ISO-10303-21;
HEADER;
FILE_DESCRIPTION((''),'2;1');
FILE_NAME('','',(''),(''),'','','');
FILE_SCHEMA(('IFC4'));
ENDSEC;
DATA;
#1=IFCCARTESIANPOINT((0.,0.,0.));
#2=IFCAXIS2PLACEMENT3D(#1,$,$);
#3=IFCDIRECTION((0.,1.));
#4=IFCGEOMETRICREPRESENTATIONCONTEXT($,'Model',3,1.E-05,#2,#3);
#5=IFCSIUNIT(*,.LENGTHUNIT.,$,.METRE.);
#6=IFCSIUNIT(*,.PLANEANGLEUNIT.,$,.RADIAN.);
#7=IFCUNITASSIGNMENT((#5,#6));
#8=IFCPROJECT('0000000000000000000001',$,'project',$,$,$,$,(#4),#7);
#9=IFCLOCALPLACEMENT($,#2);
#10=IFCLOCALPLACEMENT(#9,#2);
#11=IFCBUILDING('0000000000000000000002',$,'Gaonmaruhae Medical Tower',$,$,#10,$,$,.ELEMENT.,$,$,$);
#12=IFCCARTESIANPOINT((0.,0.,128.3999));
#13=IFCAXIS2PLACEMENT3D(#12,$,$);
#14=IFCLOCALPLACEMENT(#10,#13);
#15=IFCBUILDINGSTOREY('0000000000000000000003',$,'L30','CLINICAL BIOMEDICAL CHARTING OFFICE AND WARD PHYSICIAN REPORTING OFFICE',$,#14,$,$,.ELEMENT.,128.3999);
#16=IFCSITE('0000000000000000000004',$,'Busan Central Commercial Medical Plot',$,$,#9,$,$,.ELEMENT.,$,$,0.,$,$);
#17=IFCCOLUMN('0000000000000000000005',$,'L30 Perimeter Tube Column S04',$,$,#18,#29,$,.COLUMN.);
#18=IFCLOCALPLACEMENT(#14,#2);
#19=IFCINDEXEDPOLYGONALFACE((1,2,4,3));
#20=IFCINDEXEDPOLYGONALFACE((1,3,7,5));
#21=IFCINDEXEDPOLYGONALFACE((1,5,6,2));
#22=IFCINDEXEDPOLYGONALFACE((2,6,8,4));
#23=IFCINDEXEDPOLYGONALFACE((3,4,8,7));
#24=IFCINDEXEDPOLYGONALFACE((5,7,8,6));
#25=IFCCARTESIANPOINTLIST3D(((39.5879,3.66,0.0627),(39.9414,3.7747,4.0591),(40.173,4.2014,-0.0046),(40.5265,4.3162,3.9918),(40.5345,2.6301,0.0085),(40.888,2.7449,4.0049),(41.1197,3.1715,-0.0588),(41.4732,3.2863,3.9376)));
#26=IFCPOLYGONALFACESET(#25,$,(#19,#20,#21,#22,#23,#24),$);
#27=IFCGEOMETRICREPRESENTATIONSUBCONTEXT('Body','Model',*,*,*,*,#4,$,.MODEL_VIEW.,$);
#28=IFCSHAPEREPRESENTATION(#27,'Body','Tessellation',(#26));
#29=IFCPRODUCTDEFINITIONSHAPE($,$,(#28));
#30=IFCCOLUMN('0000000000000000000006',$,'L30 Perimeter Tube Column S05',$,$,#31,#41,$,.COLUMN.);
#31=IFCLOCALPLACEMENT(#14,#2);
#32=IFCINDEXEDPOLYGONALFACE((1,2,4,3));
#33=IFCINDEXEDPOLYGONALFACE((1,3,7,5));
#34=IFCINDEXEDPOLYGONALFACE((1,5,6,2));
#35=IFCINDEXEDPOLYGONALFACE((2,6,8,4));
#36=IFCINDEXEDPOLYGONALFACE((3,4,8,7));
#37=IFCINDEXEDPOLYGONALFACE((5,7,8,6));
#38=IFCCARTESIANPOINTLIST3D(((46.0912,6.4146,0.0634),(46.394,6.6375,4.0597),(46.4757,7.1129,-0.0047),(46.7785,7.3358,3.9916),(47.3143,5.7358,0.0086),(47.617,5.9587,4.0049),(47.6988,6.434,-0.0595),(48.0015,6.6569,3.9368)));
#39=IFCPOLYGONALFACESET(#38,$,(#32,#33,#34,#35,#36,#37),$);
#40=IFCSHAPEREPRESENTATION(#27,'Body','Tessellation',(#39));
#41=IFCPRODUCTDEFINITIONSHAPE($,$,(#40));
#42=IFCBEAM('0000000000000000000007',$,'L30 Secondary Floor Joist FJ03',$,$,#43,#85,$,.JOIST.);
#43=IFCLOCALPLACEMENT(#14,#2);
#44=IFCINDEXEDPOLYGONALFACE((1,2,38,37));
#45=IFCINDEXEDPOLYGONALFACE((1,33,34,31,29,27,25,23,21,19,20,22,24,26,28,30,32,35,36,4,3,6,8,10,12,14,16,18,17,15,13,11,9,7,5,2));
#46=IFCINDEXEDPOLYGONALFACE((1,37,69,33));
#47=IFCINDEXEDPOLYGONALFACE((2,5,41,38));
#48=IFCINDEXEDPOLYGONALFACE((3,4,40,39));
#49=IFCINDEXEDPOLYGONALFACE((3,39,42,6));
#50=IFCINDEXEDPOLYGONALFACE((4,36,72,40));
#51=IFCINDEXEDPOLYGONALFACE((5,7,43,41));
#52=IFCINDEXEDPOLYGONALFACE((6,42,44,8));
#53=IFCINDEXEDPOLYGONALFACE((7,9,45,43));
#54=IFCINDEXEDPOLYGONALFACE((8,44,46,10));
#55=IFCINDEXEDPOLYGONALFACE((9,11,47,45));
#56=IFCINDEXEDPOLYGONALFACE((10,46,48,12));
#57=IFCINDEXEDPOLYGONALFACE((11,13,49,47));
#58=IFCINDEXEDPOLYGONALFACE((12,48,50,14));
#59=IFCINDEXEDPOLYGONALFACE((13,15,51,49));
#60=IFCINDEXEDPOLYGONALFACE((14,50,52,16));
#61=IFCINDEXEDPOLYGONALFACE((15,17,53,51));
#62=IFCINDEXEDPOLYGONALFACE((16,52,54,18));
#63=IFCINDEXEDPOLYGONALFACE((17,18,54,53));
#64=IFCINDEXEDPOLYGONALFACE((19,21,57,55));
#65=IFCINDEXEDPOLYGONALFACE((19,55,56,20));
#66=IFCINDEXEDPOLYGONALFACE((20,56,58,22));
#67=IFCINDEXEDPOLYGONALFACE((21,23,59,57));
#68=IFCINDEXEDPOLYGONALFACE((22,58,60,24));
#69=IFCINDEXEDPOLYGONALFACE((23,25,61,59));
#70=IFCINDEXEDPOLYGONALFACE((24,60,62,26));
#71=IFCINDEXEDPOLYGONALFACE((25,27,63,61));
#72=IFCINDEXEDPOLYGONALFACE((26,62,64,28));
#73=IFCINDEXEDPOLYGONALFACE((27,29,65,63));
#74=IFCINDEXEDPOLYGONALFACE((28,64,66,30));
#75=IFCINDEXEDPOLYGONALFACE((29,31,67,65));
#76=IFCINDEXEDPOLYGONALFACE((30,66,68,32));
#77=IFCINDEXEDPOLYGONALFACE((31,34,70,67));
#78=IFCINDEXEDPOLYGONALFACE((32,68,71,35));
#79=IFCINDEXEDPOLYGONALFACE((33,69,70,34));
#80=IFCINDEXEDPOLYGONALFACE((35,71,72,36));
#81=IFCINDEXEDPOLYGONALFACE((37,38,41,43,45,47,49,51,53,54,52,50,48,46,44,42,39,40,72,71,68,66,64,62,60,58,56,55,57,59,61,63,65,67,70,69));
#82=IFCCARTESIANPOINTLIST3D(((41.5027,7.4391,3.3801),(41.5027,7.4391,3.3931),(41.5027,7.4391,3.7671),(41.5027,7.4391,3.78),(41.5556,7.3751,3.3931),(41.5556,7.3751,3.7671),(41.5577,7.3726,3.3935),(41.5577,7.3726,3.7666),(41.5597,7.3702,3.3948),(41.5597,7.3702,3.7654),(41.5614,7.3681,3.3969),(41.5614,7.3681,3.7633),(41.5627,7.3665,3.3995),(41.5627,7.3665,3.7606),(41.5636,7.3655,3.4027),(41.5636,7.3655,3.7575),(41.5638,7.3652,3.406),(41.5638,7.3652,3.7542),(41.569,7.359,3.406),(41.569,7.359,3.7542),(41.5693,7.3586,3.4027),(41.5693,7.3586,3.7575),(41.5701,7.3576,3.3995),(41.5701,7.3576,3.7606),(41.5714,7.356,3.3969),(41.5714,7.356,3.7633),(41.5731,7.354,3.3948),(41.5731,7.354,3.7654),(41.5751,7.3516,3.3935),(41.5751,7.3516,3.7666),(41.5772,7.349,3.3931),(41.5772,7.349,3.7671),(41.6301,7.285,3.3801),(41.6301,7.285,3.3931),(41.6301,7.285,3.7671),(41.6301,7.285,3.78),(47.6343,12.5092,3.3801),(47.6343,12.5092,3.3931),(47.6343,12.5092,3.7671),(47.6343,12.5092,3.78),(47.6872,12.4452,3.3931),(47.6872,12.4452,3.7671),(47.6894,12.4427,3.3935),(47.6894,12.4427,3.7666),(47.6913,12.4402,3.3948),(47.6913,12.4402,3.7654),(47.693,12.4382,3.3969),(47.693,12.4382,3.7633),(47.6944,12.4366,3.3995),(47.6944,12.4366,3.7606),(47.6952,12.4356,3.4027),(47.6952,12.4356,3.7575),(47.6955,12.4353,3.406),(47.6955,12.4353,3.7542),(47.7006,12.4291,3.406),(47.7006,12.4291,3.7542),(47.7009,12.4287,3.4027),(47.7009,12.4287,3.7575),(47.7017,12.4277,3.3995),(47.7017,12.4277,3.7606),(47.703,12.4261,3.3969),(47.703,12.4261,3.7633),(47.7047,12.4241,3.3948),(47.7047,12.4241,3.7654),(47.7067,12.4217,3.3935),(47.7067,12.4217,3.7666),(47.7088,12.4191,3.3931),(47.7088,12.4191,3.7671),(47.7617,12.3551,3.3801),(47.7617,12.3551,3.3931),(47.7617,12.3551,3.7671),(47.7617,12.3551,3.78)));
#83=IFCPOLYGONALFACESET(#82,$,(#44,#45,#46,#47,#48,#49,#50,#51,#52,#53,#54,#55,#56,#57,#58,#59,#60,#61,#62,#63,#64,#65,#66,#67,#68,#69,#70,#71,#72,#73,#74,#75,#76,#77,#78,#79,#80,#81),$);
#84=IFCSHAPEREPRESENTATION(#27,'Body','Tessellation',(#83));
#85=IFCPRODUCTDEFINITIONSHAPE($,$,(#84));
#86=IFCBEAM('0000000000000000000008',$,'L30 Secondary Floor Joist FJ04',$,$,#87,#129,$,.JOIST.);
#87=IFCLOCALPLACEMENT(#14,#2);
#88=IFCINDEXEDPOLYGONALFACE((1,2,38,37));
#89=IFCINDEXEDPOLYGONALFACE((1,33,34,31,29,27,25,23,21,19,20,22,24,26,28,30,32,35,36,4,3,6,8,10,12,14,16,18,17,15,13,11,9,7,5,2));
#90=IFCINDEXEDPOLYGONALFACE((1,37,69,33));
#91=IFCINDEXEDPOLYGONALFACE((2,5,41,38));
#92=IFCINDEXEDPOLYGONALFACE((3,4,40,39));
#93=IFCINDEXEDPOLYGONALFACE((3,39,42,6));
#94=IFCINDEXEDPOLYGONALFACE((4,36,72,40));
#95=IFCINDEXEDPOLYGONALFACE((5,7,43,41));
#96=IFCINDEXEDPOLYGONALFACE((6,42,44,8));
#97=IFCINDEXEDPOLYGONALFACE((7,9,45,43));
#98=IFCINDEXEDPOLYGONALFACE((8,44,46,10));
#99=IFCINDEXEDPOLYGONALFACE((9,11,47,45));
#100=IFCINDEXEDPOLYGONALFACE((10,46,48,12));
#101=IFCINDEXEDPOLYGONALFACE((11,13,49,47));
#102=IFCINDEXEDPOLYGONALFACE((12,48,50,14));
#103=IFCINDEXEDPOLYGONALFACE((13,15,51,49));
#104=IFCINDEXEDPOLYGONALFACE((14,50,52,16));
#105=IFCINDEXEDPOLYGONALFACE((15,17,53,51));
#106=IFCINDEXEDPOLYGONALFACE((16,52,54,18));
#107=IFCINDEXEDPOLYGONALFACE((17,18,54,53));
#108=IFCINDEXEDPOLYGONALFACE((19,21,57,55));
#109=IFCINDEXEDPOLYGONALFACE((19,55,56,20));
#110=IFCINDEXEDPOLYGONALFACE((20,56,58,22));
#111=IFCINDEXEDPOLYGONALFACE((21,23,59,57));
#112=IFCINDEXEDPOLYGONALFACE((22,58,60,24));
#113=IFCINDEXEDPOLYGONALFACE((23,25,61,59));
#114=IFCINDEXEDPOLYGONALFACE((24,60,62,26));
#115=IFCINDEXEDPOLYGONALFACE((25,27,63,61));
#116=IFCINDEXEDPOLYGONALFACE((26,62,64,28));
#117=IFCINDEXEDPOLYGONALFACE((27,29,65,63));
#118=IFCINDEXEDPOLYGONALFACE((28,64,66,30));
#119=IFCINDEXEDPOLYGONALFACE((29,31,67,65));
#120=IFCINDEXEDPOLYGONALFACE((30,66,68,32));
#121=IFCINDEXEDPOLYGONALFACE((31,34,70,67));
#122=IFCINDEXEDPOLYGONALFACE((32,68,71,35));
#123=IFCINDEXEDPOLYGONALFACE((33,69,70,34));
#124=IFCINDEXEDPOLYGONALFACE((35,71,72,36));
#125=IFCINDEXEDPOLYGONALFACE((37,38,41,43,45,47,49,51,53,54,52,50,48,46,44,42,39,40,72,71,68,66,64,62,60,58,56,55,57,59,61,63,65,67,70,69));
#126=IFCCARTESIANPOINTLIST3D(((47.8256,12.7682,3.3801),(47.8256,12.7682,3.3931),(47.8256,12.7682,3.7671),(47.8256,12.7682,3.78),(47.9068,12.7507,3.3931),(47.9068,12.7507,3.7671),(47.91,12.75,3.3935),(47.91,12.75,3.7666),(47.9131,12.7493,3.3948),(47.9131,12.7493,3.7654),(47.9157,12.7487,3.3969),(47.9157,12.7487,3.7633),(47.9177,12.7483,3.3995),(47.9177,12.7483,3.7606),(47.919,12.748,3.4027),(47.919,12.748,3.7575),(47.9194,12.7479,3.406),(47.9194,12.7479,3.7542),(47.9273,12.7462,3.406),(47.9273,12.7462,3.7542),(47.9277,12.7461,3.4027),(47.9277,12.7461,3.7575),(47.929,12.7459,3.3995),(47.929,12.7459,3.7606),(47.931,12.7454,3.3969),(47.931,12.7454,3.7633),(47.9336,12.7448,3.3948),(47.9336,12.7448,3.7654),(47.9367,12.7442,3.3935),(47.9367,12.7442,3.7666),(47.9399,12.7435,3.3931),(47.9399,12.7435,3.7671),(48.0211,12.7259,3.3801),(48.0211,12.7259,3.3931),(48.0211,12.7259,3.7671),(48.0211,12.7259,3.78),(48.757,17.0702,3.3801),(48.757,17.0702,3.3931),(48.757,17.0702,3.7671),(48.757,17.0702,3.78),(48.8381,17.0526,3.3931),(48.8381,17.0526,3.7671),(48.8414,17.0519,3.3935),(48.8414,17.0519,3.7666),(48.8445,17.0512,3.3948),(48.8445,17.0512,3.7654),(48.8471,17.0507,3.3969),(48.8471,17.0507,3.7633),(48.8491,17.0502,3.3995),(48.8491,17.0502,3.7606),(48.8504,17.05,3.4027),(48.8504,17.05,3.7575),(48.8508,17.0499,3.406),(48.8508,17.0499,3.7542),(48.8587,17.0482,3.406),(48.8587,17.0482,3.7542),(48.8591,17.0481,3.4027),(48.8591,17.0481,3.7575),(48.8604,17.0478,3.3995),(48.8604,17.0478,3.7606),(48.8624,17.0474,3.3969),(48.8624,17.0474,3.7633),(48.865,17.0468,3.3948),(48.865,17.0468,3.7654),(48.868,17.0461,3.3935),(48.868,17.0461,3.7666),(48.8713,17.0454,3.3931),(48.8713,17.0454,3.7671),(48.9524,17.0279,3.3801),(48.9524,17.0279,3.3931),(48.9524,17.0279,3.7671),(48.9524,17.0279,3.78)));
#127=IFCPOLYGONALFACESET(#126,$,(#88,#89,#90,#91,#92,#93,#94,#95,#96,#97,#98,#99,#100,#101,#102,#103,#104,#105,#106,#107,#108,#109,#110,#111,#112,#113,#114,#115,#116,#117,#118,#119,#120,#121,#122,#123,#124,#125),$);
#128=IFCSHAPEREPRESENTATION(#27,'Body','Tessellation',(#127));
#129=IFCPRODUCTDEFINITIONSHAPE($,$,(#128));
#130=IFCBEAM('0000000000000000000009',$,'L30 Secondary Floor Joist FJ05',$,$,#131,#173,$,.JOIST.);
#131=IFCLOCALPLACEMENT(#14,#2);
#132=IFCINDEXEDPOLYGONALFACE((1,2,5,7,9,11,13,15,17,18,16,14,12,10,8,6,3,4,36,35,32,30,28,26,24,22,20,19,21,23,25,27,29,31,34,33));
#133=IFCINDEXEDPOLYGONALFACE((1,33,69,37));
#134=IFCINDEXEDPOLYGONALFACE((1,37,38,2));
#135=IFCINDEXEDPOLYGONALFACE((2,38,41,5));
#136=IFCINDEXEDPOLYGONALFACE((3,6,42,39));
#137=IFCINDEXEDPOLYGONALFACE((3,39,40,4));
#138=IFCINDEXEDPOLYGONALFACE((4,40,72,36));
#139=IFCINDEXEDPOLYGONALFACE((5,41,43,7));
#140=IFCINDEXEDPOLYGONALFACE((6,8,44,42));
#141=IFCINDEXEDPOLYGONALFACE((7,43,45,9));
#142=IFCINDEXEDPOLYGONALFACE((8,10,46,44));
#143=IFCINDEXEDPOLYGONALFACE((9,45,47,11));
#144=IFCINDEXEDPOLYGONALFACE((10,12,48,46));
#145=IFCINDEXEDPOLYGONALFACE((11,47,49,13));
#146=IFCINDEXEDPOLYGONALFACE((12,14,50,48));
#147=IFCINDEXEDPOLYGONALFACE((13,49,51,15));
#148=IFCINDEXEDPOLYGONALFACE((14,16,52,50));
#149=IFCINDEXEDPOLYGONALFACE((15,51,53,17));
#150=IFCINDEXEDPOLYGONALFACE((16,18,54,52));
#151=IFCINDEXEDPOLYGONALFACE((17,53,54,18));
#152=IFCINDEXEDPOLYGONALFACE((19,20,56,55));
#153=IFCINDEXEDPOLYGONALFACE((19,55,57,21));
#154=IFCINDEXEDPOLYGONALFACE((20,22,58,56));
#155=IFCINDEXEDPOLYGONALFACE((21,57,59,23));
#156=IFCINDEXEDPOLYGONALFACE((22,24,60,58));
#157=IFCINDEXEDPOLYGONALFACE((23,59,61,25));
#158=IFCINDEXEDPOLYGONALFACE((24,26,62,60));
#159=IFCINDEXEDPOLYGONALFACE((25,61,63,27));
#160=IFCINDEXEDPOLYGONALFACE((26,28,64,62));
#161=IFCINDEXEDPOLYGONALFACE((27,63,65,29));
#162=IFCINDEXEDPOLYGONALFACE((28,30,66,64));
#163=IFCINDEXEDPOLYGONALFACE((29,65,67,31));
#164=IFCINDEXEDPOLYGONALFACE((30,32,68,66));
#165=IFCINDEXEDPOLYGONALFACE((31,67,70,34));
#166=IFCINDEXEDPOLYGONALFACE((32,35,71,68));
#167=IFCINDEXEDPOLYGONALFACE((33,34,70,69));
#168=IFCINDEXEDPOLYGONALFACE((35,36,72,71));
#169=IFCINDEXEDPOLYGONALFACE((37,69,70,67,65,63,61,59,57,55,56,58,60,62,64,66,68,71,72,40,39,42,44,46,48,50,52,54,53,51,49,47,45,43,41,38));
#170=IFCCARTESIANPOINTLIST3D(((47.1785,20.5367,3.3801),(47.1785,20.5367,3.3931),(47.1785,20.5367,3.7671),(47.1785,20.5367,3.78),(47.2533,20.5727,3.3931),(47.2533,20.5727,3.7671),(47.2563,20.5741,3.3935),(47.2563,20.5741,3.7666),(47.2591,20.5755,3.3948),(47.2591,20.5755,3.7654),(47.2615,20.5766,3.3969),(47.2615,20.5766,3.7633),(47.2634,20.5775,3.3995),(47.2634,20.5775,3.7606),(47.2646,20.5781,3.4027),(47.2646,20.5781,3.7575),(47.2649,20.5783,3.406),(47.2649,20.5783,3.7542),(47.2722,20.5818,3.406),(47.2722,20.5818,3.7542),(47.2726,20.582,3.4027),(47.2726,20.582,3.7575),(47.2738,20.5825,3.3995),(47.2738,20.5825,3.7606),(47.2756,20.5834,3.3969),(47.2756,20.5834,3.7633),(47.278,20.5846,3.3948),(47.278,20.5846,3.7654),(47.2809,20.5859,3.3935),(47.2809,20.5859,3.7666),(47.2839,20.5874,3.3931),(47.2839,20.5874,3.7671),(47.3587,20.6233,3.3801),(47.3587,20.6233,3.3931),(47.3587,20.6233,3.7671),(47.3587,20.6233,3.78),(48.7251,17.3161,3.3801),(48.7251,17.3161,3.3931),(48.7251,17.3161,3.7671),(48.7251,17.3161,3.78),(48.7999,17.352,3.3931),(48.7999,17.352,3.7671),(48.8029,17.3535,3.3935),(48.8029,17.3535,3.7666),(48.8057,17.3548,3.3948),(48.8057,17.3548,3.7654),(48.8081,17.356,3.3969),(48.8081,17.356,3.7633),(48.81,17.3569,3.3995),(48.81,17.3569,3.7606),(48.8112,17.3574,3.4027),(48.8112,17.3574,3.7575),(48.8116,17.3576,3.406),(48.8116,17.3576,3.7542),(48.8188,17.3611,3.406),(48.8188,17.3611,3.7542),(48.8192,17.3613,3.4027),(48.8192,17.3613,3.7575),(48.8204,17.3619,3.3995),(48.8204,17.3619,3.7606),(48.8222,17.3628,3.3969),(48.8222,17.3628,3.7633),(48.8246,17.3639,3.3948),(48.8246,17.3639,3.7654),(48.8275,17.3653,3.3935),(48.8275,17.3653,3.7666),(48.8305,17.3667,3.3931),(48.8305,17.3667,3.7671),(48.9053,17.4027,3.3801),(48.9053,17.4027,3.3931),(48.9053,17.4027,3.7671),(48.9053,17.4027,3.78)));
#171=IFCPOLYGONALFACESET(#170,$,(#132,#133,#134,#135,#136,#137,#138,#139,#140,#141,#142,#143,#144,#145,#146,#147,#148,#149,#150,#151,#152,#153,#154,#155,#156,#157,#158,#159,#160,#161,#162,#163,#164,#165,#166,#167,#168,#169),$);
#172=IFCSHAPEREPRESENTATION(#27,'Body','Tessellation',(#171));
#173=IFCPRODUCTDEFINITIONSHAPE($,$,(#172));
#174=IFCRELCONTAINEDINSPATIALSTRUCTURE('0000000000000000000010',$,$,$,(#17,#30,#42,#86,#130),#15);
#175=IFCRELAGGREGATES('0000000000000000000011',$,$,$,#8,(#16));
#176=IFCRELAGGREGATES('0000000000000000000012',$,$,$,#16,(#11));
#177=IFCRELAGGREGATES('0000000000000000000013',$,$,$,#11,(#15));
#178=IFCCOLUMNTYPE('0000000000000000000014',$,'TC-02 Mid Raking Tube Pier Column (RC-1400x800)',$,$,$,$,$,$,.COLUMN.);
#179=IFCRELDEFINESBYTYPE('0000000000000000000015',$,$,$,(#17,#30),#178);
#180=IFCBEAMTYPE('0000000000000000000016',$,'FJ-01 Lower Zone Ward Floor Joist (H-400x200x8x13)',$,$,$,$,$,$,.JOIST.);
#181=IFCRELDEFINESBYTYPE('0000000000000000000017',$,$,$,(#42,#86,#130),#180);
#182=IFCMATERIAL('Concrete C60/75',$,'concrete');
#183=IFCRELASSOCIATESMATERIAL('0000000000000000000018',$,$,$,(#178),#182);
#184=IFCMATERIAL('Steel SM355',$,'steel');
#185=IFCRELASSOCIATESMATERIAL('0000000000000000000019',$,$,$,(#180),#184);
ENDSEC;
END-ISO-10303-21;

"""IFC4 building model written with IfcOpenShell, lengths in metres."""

from ifc_helpers import new_model, si_unit, direction, frame, origin, origin_2d, place, context, subcontext, project, spatial, rectangle, i_section, extrude, material, material_profile, profile_set, type_object, element, save


model = new_model("IFC4")

# Units and contexts
model_context = context("Model", 3, precision=1e-05, world=origin(), true_north=direction((0.0, 1.0)))
body_context = subcontext(model_context, "Body", "Model", "MODEL_VIEW")
ifc_project = project(units=[si_unit("LENGTHUNIT", "METRE"), si_unit("PLANEANGLEUNIT", "RADIAN")], contexts=[model_context])

# Site, building, storey
site_placement = place(None, origin())
site = spatial("IfcSite", under=ifc_project, at=site_placement, Name="Busan Central Commercial Medical Plot", CompositionType="ELEMENT", RefElevation=0.0)
building_placement = place(site_placement, origin())
building = spatial("IfcBuilding", under=site, at=building_placement, Name="Gaonmaruhae Medical Tower", CompositionType="ELEMENT")
storey_placement = place(building_placement, frame((0.0, 0.0, 128.3999)))
storey = spatial("IfcBuildingStorey", under=building, at=storey_placement, Name="L30", Description="CLINICAL BIOMEDICAL CHARTING OFFICE AND WARD PHYSICIAN REPORTING OFFICE", CompositionType="ELEMENT", Elevation=128.3999)

# Columns
ifc_material_1 = material(Name="Concrete C60/75", Category="concrete")
ifc_material_profile_1 = material_profile(ifc_material_1, rectangle(XDim=1.3999, YDim=0.8, at=origin_2d()), Name="RC-1400x800")
ifc_profile_set_1 = profile_set([ifc_material_profile_1], Name="Concrete C60/75")
column_type = type_object("IfcColumnType", Name="TC-02 Mid Raking Tube Pier Column (RC-1400x800)", PredefinedType="COLUMN", material=ifc_profile_set_1)
column_1_placement = place(storey_placement, frame((40.3538, 3.4158, 0.002), z_axis=(0.08808, 0.028589, 0.995703), x_axis=(-0.67623, 0.735674, 0.038696)))
element("IfcColumn", 1, at=column_1_placement, inside=storey, type_object=column_type, Name="L30 Perimeter Tube Column S04", PredefinedType="COLUMN", context=body_context, shape_type="SweptSolid", body=[
    extrude(rectangle(XDim=1.3999, YDim=0.8, at=origin_2d()), origin(), (0.0, 0.0, 1.0), 4.0137),
])
column_2_placement = place(storey_placement, frame((46.895, 6.4243, 0.002), z_axis=(0.07542, 0.055531, 0.995604), x_axis=(-0.87368, 0.484924, 0.039137)))
element("IfcColumn", 2, at=column_2_placement, inside=storey, type_object=column_type, Name="L30 Perimeter Tube Column S05", PredefinedType="COLUMN", context=body_context, shape_type="SweptSolid", body=[
    extrude(rectangle(XDim=1.3999, YDim=0.8, at=origin_2d()), origin(), (0.0, 0.0, 1.0), 4.0139),
])

# Beams
ifc_material_2 = material(Name="Steel SM355", Category="steel")
ifc_material_profile_2 = material_profile(ifc_material_2, i_section(OverallWidth=0.2, OverallDepth=0.3999, WebThickness=0.0081, FlangeThickness=0.0129, FilletRadius=0.0129, at=origin_2d()), Name="H-400x200x8x13")
ifc_profile_set_2 = profile_set([ifc_material_profile_2], Name="Steel SM355")
beam_type_1 = type_object("IfcBeamType", Name="FJ-01 Lower Zone Ward Floor Joist (H-400x200x8x13)", PredefinedType="JOIST", material=ifc_profile_set_2)
beam_1_placement = place(storey_placement, frame((41.5664, 7.3621, 3.5801), z_axis=(0.770663, 0.637243, 0.0), x_axis=(-0.637243, 0.770663, 0.0)))
element("IfcBeam", 3, at=beam_1_placement, inside=storey, type_object=beam_type_1, Name="L30 Secondary Floor Joist FJ03", PredefinedType="JOIST", context=body_context, shape_type="SweptSolid", body=[
    extrude(i_section(OverallWidth=0.2, OverallDepth=0.3999, WebThickness=0.0081, FlangeThickness=0.0129, FilletRadius=0.0129, at=origin_2d()), origin(), (0.0, 0.0, 1.0), 7.9563),
])
beam_2_placement = place(storey_placement, frame((47.9233, 12.7471, 3.5801), z_axis=(0.211601, 0.977356, 0.0), x_axis=(-0.977356, 0.211601, 0.0)))
element("IfcBeam", 4, at=beam_2_placement, inside=storey, type_object=beam_type_1, Name="L30 Secondary Floor Joist FJ04", PredefinedType="JOIST", context=body_context, shape_type="SweptSolid", body=[
    extrude(i_section(OverallWidth=0.2, OverallDepth=0.3999, WebThickness=0.0081, FlangeThickness=0.0129, FilletRadius=0.0129, at=origin_2d()), origin(), (0.0, 0.0, 1.0), 4.4016),
])
beam_3_placement = place(storey_placement, frame((48.8152, 17.3594, 3.5801), z_axis=(-0.432889, 0.901447, 0.0), x_axis=(-0.901447, -0.432889, 0.0)))
element("IfcBeam", 5, at=beam_3_placement, inside=storey, type_object=beam_type_1, Name="L30 Secondary Floor Joist FJ05", PredefinedType="JOIST", context=body_context, shape_type="SweptSolid", body=[
    extrude(i_section(OverallWidth=0.2, OverallDepth=0.3999, WebThickness=0.0081, FlangeThickness=0.0129, FilletRadius=0.0129, at=origin_2d()), origin(), (0.0, 0.0, 1.0), 3.5728),
])

save(model, "model.ifc")
